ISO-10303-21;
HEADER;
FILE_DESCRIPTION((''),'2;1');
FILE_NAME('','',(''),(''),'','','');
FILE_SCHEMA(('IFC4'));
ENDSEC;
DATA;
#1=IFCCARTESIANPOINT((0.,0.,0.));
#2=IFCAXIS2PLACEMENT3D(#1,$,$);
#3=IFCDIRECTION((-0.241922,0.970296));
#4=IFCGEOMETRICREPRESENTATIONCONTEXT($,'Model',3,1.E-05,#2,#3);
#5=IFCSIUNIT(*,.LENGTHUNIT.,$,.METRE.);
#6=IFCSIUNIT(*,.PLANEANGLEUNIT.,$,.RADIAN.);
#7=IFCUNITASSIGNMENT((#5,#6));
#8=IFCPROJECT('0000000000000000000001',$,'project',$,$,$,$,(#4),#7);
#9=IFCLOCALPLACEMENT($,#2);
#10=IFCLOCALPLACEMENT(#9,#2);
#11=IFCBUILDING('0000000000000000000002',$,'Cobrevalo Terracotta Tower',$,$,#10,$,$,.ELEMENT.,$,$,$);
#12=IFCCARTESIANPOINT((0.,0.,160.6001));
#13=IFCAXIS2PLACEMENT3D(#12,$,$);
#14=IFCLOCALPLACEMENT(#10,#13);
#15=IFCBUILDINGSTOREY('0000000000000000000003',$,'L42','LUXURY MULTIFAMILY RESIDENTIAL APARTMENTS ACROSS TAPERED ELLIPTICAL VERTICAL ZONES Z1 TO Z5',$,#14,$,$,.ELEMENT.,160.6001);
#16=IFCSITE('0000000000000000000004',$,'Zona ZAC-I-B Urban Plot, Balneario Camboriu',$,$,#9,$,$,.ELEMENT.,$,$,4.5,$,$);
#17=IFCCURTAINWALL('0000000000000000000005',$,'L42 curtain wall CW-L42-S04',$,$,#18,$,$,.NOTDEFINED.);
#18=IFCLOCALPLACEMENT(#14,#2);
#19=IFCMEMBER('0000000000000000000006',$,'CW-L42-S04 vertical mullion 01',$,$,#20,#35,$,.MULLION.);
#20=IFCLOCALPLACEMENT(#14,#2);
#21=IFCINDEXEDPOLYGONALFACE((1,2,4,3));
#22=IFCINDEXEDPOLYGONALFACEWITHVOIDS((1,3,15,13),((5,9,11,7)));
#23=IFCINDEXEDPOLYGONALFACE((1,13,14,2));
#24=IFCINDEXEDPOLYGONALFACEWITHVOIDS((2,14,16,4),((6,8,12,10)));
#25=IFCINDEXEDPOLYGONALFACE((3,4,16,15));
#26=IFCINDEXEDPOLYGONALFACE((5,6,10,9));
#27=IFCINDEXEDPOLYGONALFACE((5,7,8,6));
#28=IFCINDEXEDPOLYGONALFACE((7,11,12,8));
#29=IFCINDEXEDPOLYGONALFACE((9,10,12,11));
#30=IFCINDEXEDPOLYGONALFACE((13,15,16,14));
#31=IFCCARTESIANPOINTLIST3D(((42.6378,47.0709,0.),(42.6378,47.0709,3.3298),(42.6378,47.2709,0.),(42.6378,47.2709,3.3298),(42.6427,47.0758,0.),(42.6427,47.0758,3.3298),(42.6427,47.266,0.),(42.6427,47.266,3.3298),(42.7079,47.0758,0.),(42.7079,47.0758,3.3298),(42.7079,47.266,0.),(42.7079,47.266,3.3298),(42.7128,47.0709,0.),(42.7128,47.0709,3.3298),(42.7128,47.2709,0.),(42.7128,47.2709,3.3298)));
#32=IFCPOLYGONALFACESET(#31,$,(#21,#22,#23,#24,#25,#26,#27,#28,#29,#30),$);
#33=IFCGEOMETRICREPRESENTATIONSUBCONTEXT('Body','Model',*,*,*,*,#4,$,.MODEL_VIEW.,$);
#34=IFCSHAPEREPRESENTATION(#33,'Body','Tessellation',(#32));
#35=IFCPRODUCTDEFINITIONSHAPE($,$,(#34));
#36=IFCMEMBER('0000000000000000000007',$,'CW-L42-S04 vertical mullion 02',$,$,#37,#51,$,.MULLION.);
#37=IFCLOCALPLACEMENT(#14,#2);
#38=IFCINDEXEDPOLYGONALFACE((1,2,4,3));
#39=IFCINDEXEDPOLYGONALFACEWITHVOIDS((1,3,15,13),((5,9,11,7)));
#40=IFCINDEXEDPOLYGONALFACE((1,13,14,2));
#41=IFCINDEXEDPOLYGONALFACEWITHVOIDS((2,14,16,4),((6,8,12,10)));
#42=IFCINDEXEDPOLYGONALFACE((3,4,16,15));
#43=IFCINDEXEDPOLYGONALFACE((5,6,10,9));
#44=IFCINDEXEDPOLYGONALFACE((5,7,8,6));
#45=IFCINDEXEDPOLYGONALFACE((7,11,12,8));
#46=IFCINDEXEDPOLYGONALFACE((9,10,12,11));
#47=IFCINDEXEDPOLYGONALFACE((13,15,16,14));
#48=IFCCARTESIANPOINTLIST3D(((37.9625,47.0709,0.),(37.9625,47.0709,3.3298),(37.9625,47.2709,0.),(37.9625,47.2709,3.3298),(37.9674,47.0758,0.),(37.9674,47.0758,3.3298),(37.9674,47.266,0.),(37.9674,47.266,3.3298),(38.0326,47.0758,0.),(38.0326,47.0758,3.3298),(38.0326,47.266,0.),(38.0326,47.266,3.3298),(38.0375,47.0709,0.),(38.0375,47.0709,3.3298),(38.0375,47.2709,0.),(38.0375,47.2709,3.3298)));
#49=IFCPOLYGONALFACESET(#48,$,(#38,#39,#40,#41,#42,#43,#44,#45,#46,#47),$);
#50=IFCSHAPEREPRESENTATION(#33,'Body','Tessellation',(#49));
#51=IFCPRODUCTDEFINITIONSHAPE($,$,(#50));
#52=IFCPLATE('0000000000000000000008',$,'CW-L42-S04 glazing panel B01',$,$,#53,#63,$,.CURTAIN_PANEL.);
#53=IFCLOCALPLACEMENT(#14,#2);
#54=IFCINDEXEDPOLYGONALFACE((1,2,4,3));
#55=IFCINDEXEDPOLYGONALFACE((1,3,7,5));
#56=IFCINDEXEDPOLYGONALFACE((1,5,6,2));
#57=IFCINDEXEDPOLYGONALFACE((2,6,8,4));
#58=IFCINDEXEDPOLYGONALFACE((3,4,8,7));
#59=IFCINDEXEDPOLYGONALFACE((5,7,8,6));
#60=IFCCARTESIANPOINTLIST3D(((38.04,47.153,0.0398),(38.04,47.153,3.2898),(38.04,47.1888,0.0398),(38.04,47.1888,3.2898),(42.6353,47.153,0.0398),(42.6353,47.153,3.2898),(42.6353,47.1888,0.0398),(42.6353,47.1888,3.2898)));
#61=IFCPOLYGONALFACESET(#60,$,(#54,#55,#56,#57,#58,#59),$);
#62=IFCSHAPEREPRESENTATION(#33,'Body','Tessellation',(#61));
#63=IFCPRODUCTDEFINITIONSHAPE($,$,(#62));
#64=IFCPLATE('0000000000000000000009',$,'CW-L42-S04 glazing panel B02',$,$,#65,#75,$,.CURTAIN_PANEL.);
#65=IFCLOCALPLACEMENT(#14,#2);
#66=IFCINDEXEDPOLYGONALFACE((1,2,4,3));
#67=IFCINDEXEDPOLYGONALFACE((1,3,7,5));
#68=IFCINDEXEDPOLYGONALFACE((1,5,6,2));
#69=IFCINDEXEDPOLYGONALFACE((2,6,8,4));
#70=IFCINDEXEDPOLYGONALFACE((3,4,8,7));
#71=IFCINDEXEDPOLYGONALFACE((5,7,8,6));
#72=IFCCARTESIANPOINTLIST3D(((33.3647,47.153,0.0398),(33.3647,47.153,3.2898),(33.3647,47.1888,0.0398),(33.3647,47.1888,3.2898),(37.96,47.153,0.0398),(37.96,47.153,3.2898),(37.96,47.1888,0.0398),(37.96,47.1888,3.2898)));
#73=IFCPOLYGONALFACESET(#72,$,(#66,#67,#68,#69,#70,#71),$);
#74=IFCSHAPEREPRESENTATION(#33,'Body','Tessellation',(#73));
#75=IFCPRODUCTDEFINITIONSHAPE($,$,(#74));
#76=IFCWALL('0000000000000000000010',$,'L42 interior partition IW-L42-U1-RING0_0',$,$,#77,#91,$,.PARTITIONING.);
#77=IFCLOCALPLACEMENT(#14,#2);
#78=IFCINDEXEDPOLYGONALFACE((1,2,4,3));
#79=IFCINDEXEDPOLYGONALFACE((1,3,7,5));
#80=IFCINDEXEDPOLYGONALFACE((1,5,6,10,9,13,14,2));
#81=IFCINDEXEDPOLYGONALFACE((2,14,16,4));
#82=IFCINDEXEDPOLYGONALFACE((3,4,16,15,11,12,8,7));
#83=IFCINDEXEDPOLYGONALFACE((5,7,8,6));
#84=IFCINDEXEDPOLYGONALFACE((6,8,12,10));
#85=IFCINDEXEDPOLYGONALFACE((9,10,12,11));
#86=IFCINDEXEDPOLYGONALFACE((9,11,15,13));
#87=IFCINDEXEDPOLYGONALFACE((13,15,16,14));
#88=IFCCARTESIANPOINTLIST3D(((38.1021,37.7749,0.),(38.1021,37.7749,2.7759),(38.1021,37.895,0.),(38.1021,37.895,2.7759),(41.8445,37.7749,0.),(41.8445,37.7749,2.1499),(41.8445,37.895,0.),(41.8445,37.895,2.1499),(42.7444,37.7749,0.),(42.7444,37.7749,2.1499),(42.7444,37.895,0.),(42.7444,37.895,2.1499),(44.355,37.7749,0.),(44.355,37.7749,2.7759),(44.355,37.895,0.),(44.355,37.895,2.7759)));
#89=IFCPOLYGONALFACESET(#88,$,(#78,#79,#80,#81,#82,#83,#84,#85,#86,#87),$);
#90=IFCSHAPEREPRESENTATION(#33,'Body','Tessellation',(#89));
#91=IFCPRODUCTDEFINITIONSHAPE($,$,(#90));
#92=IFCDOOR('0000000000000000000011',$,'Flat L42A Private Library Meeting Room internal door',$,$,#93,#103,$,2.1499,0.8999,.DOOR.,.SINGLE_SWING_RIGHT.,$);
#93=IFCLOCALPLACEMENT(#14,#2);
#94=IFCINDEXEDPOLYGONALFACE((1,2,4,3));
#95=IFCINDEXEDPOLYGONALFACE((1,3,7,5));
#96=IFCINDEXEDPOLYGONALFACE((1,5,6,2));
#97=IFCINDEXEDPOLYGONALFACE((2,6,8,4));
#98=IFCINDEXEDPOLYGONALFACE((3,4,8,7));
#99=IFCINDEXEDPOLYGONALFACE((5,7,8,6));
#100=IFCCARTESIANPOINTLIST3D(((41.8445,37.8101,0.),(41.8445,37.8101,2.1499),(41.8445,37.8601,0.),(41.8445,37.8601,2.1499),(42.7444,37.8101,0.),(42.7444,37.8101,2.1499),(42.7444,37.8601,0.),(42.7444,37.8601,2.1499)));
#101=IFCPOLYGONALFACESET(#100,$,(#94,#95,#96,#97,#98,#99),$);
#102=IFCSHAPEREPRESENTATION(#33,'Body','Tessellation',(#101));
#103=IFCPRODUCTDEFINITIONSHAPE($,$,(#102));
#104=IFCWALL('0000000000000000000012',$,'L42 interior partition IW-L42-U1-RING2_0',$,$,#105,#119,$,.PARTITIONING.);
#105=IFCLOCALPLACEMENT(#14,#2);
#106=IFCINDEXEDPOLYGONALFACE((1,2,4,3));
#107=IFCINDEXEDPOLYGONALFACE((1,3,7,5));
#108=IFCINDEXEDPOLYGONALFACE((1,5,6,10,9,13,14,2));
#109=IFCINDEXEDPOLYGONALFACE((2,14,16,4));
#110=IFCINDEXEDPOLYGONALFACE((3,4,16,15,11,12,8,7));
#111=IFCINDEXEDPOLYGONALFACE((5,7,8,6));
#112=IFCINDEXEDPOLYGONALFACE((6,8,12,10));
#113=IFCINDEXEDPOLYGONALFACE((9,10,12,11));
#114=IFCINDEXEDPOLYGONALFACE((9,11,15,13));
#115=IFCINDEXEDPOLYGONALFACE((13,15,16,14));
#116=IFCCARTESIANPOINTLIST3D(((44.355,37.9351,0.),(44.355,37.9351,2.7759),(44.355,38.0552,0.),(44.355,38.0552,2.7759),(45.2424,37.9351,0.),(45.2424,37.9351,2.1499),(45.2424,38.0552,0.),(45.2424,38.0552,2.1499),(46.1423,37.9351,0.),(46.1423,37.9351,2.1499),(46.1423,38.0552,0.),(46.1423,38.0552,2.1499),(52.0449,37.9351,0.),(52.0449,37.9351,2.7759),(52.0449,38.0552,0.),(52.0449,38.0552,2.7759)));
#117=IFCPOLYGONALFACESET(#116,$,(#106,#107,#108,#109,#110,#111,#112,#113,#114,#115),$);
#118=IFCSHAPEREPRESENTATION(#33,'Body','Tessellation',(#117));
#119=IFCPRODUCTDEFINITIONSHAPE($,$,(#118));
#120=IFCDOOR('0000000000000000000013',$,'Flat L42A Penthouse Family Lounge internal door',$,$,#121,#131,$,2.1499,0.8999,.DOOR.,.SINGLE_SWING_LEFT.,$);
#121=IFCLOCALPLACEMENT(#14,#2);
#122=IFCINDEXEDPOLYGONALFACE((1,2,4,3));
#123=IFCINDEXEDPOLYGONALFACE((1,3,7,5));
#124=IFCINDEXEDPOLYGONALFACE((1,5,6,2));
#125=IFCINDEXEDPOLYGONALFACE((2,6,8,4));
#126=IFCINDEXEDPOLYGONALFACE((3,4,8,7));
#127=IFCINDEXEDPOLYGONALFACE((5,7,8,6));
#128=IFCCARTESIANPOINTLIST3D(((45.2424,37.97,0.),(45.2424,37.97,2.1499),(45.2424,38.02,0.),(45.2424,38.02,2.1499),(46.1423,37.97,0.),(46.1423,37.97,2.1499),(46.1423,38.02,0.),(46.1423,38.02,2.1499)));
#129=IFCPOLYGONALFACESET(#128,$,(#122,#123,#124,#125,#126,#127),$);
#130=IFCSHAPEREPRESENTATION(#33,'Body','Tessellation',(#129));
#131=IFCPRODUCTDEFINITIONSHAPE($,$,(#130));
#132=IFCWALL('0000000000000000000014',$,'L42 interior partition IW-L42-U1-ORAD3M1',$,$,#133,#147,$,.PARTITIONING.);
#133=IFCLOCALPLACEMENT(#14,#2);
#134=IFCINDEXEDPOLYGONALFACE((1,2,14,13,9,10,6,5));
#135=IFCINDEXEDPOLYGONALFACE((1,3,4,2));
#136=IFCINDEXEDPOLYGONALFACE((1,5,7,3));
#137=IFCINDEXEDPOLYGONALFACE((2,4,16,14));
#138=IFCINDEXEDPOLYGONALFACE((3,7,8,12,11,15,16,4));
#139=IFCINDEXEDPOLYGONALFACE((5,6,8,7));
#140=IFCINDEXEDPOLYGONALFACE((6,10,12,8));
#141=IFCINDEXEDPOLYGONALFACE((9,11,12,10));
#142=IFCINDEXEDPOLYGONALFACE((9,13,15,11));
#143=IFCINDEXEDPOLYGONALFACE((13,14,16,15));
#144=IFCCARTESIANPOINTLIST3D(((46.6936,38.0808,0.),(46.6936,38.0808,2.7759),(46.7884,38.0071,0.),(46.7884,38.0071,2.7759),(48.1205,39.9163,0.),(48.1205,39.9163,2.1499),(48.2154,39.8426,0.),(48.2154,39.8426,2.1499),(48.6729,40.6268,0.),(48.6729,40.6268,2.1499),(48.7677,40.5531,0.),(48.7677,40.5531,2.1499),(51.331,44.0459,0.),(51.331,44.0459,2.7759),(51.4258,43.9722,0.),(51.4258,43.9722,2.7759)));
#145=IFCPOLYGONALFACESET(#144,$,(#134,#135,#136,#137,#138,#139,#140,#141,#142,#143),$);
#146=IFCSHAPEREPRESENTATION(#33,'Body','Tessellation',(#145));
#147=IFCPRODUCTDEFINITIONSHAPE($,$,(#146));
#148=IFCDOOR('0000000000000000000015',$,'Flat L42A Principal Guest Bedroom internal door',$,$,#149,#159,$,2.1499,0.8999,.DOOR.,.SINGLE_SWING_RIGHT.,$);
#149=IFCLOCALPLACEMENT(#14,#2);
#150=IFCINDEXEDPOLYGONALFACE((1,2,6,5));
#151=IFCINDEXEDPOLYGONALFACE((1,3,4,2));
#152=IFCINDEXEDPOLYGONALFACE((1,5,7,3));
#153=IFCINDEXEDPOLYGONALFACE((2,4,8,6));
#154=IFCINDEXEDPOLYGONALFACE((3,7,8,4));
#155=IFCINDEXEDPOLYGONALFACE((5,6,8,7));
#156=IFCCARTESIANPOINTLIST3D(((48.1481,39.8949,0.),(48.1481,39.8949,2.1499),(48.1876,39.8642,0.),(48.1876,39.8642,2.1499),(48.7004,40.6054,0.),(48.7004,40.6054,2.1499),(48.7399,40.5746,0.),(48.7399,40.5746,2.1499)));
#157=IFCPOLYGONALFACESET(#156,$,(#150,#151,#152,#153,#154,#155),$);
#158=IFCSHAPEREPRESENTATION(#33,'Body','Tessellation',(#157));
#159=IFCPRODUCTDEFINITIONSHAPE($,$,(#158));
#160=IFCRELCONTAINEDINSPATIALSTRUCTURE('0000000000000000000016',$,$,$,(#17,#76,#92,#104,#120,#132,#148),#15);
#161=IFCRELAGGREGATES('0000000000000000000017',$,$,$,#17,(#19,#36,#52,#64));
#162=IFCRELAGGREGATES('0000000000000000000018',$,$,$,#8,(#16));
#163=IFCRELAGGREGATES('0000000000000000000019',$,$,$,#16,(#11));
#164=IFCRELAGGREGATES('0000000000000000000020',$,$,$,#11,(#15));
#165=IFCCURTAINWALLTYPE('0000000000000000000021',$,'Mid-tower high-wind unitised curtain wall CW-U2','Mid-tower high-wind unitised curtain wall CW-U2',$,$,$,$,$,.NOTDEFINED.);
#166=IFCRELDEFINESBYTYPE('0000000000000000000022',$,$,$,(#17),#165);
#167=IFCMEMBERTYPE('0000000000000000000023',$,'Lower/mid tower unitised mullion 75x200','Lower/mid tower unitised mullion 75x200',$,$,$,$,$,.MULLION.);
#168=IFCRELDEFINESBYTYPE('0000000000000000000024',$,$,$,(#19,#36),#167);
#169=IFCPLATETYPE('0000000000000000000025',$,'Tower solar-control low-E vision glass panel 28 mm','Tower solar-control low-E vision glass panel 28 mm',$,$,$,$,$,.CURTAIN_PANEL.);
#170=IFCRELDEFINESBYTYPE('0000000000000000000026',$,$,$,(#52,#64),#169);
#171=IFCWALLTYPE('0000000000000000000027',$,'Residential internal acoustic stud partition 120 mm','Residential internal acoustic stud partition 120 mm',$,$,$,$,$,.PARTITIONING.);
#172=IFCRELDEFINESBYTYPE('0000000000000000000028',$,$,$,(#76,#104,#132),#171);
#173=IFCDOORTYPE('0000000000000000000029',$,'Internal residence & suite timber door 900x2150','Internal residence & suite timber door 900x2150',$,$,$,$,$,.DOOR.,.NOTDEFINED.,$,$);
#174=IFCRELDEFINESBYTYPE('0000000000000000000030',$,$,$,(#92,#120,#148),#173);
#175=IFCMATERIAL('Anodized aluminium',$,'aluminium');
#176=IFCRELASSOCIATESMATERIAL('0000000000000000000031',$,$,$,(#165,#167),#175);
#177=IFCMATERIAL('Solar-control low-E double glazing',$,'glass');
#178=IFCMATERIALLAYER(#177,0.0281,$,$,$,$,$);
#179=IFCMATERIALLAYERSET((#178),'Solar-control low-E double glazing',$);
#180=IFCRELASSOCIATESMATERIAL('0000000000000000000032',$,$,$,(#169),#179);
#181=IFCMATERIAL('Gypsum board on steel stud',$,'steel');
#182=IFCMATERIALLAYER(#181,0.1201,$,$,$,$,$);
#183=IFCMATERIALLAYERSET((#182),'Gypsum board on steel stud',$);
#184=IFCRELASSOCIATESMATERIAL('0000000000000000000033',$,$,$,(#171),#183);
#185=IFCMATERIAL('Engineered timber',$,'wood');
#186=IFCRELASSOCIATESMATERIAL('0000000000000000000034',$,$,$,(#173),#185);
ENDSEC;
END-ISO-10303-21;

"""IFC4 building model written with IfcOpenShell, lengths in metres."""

from ifc_helpers import new_model, si_unit, direction, frame, frame_2d, origin, origin_2d, place, context, subcontext, project, spatial, rectangle, hollow_rectangle, extrude, source, transform, mapped, material, layer, layer_set, material_profile, profile_set, type_object, element, fill, aggregate, save


model = new_model("IFC4")

# Units and contexts
model_context = context("Model", 3, precision=1e-05, world=origin(), true_north=direction((-0.241922, 0.970296)))
body_context = subcontext(model_context, "Body", "Model", "MODEL_VIEW")
ifc_project = project(units=[si_unit("LENGTHUNIT", "METRE"), si_unit("PLANEANGLEUNIT", "RADIAN")], contexts=[model_context])

# Site, building, storey
site_placement = place(None, origin())
site = spatial("IfcSite", under=ifc_project, at=site_placement, Name="Zona ZAC-I-B Urban Plot, Balneario Camboriu", CompositionType="ELEMENT", RefElevation=4.5)
building_placement = place(site_placement, origin())
building = spatial("IfcBuilding", under=site, at=building_placement, Name="Cobrevalo Terracotta Tower", CompositionType="ELEMENT")
storey_placement = place(building_placement, frame((0.0, 0.0, 160.6001)))
storey = spatial("IfcBuildingStorey", under=building, at=storey_placement, Name="L42", Description="LUXURY MULTIFAMILY RESIDENTIAL APARTMENTS ACROSS TAPERED ELLIPTICAL VERTICAL ZONES Z1 TO Z5", CompositionType="ELEMENT", Elevation=160.6001)

# Curtain wall, members, plates
ifc_material_1 = material(Name="Anodized aluminium", Category="aluminium")
curtain_wall_type = type_object("IfcCurtainWallType", Name="Mid-tower high-wind unitised curtain wall CW-U2", Description="Mid-tower high-wind unitised curtain wall CW-U2", PredefinedType="NOTDEFINED", material=ifc_material_1)
curtain_wall_placement = place(storey_placement, origin())
curtain_wall = element("IfcCurtainWall", 1, at=curtain_wall_placement, inside=storey, type_object=curtain_wall_type, Name="L42 curtain wall CW-L42-S04", PredefinedType="NOTDEFINED")
ifc_material_profile_1 = material_profile(ifc_material_1, hollow_rectangle(XDim=0.075, YDim=0.2, WallThickness=0.0049, at=origin_2d()), Name="CWM 75x200")
ifc_profile_set_1 = profile_set([ifc_material_profile_1], Name="Anodized aluminium")
member_type_1 = type_object("IfcMemberType", Name="Lower/mid tower unitised mullion 75x200", Description="Lower/mid tower unitised mullion 75x200", PredefinedType="MULLION", material=ifc_profile_set_1)
shared_shape_1 = source(origin(), body_context, "Body", "SweptSolid", [
    extrude(hollow_rectangle(XDim=0.075, YDim=0.2, WallThickness=0.0049, at=origin_2d()), origin(), (0.0, 0.0, 1.0), 3.3298),
])
member_1_placement = place(storey_placement, frame((42.6753, 47.1709, 0.0), z_axis=(0.0, 0.0, 1.0), x_axis=(-1.0, 0.0, 0.0)))
member_1 = element("IfcMember", 2, at=member_1_placement, type_object=member_type_1, Name="CW-L42-S04 vertical mullion 01", PredefinedType="MULLION", context=body_context, shape_type="MappedRepresentation", body=[
    mapped(shared_shape_1, transform((0.0, 0.0, 0.0), scale=1.0)),
])
member_2_placement = place(storey_placement, frame((38.0, 47.1709, 0.0), z_axis=(0.0, 0.0, 1.0), x_axis=(-1.0, 0.0, 0.0)))
member_2 = element("IfcMember", 3, at=member_2_placement, type_object=member_type_1, Name="CW-L42-S04 vertical mullion 02", PredefinedType="MULLION", context=body_context, shape_type="MappedRepresentation", body=[
    mapped(shared_shape_1, transform((0.0, 0.0, 0.0), scale=1.0)),
])
ifc_material_2 = material(Name="Solar-control low-E double glazing", Category="glass")
ifc_layer_1 = layer(ifc_material_2, 0.0281)
ifc_layer_set_1 = layer_set([ifc_layer_1], Name="Solar-control low-E double glazing")
plate_type = type_object("IfcPlateType", Name="Tower solar-control low-E vision glass panel 28 mm", Description="Tower solar-control low-E vision glass panel 28 mm", PredefinedType="CURTAIN_PANEL", material=ifc_layer_set_1)
shared_shape_2 = source(origin(), body_context, "Body", "SweptSolid", [
    extrude(rectangle(XDim=4.5952, YDim=0.0359, at=origin_2d()), origin(), (0.0, 0.0, 1.0), 3.25),
])
plate_1_placement = place(storey_placement, frame((40.3376, 47.1709, 0.0398), z_axis=(0.0, 0.0, 1.0), x_axis=(-1.0, 0.0, 0.0)))
plate_1 = element("IfcPlate", 4, at=plate_1_placement, type_object=plate_type, Name="CW-L42-S04 glazing panel B01", PredefinedType="CURTAIN_PANEL", context=body_context, shape_type="MappedRepresentation", body=[
    mapped(shared_shape_2, transform((0.0, 0.0, 0.0), scale=1.0)),
])
plate_2_placement = place(storey_placement, frame((35.6624, 47.1709, 0.0398), z_axis=(0.0, 0.0, 1.0), x_axis=(-1.0, 0.0, 0.0)))
plate_2 = element("IfcPlate", 5, at=plate_2_placement, type_object=plate_type, Name="CW-L42-S04 glazing panel B02", PredefinedType="CURTAIN_PANEL", context=body_context, shape_type="MappedRepresentation", body=[
    mapped(shared_shape_2, transform((0.0, 0.0, 0.0), scale=1.0)),
])
aggregate(curtain_wall, [member_1, member_2, plate_1, plate_2])

# Walls, openings, doors
ifc_material_3 = material(Name="Gypsum board on steel stud", Category="steel")
ifc_layer_2 = layer(ifc_material_3, 0.1201)
ifc_layer_set_2 = layer_set([ifc_layer_2], Name="Gypsum board on steel stud")
wall_type = type_object("IfcWallType", Name="Residential internal acoustic stud partition 120 mm", Description="Residential internal acoustic stud partition 120 mm", PredefinedType="PARTITIONING", material=ifc_layer_set_2)
wall_1_placement = place(storey_placement, frame((38.1021, 37.835, 0.0), z_axis=(0.0, 0.0, 1.0), x_axis=(1.0, 0.0, 0.0)))
wall_1 = element("IfcWall", 6, at=wall_1_placement, inside=storey, type_object=wall_type, Name="L42 interior partition IW-L42-U1-RING0_0", PredefinedType="PARTITIONING", context=body_context, shape_type="SweptSolid", body=[
    extrude(rectangle(XDim=6.2529, YDim=0.1201, at=frame_2d((3.1265, 0.0))), origin(), (0.0, 0.0, 1.0), 2.7759),
])
opening_1_placement = place(wall_1_placement, frame((3.7424, 0.0, 0.0)))
opening_1 = element("IfcOpeningElement", 7, at=opening_1_placement, cuts=wall_1, PredefinedType="OPENING", context=body_context, shape_type="SweptSolid", body=[
    extrude(rectangle(XDim=0.8999, YDim=2.1499, at=frame_2d((0.45, 1.075))), frame((0.0, 0.0701, 0.0), z_axis=(0.0, -1.0, 0.0), x_axis=(1.0, 0.0, 0.0)), (0.0, 0.0, 1.0), 0.1401),
])
ifc_material_4 = material(Name="Engineered timber", Category="wood")
door_type = type_object("IfcDoorType", Name="Internal residence & suite timber door 900x2150", Description="Internal residence & suite timber door 900x2150", OperationType="NOTDEFINED", PredefinedType="DOOR", material=ifc_material_4)
shared_shape_3 = source(origin(), body_context, "Body", "SweptSolid", [
    extrude(rectangle(XDim=0.8999, YDim=2.1499, at=frame_2d((0.45, 1.075))), frame((0.0, 0.0249, 0.0), z_axis=(0.0, -1.0, 0.0), x_axis=(1.0, 0.0, 0.0)), (0.0, 0.0, 1.0), 0.05),
])
door_1_placement = place(opening_1_placement, frame((0.8999, 0.0, 0.0), z_axis=(0.0, 0.0, 1.0), x_axis=(-1.0, 0.0, 0.0)))
door_1 = element("IfcDoor", 8, at=door_1_placement, inside=storey, type_object=door_type, Name="Flat L42A Private Library Meeting Room internal door", OperationType="SINGLE_SWING_RIGHT", OverallHeight=2.1499, OverallWidth=0.8999, PredefinedType="DOOR", context=body_context, shape_type="MappedRepresentation", body=[
    mapped(shared_shape_3, transform((0.0, 0.0, 0.0), scale=1.0)),
])
fill(opening_1, door_1)
wall_2_placement = place(storey_placement, frame((44.355, 37.9951, 0.0), z_axis=(0.0, 0.0, 1.0), x_axis=(1.0, 0.0, 0.0)))
wall_2 = element("IfcWall", 9, at=wall_2_placement, inside=storey, type_object=wall_type, Name="L42 interior partition IW-L42-U1-RING2_0", PredefinedType="PARTITIONING", context=body_context, shape_type="SweptSolid", body=[
    extrude(rectangle(XDim=7.6899, YDim=0.1201, at=frame_2d((3.845, 0.0))), origin(), (0.0, 0.0, 1.0), 2.7759),
])
opening_2_placement = place(wall_2_placement, frame((0.8875, 0.0, 0.0)))
opening_2 = element("IfcOpeningElement", 10, at=opening_2_placement, cuts=wall_2, PredefinedType="OPENING", context=body_context, shape_type="SweptSolid", body=[
    extrude(rectangle(XDim=0.8999, YDim=2.1499, at=frame_2d((0.45, 1.075))), frame((0.0, 0.0701, 0.0), z_axis=(0.0, -1.0, 0.0), x_axis=(1.0, 0.0, 0.0)), (0.0, 0.0, 1.0), 0.1401),
])
door_2_placement = place(opening_2_placement, origin())
door_2 = element("IfcDoor", 11, at=door_2_placement, inside=storey, type_object=door_type, Name="Flat L42A Penthouse Family Lounge internal door", OperationType="SINGLE_SWING_LEFT", OverallHeight=2.1499, OverallWidth=0.8999, PredefinedType="DOOR", context=body_context, shape_type="MappedRepresentation", body=[
    mapped(shared_shape_3, transform((0.0, 0.0, 0.0), scale=1.0)),
])
fill(opening_2, door_2)
wall_3_placement = place(storey_placement, frame((46.741, 38.0439, 0.0), z_axis=(0.0, 0.0, 1.0), x_axis=(0.613771, 0.789484, 0.0)))
wall_3 = element("IfcWall", 12, at=wall_3_placement, inside=storey, type_object=wall_type, Name="L42 interior partition IW-L42-U1-ORAD3M1", PredefinedType="PARTITIONING", context=body_context, shape_type="SweptSolid", body=[
    extrude(rectangle(XDim=7.5557, YDim=0.1201, at=frame_2d((3.7778, 0.0))), origin(), (0.0, 0.0, 1.0), 2.7759),
])
opening_3_placement = place(wall_3_placement, frame((2.325, 0.0, 0.0)))
opening_3 = element("IfcOpeningElement", 13, at=opening_3_placement, cuts=wall_3, PredefinedType="OPENING", context=body_context, shape_type="SweptSolid", body=[
    extrude(rectangle(XDim=0.8999, YDim=2.1499, at=frame_2d((0.45, 1.075))), frame((0.0, 0.0701, 0.0), z_axis=(0.0, -1.0, 0.0), x_axis=(1.0, 0.0, 0.0)), (0.0, 0.0, 1.0), 0.1401),
])
door_3_placement = place(opening_3_placement, frame((0.8999, 0.0, 0.0), z_axis=(0.0, 0.0, 1.0), x_axis=(-1.0, 0.0, 0.0)))
door_3 = element("IfcDoor", 14, at=door_3_placement, inside=storey, type_object=door_type, Name="Flat L42A Principal Guest Bedroom internal door", OperationType="SINGLE_SWING_RIGHT", OverallHeight=2.1499, OverallWidth=0.8999, PredefinedType="DOOR", context=body_context, shape_type="MappedRepresentation", body=[
    mapped(shared_shape_3, transform((0.0, 0.0, 0.0), scale=1.0)),
])
fill(opening_3, door_3)

save(model, "model.ifc")
